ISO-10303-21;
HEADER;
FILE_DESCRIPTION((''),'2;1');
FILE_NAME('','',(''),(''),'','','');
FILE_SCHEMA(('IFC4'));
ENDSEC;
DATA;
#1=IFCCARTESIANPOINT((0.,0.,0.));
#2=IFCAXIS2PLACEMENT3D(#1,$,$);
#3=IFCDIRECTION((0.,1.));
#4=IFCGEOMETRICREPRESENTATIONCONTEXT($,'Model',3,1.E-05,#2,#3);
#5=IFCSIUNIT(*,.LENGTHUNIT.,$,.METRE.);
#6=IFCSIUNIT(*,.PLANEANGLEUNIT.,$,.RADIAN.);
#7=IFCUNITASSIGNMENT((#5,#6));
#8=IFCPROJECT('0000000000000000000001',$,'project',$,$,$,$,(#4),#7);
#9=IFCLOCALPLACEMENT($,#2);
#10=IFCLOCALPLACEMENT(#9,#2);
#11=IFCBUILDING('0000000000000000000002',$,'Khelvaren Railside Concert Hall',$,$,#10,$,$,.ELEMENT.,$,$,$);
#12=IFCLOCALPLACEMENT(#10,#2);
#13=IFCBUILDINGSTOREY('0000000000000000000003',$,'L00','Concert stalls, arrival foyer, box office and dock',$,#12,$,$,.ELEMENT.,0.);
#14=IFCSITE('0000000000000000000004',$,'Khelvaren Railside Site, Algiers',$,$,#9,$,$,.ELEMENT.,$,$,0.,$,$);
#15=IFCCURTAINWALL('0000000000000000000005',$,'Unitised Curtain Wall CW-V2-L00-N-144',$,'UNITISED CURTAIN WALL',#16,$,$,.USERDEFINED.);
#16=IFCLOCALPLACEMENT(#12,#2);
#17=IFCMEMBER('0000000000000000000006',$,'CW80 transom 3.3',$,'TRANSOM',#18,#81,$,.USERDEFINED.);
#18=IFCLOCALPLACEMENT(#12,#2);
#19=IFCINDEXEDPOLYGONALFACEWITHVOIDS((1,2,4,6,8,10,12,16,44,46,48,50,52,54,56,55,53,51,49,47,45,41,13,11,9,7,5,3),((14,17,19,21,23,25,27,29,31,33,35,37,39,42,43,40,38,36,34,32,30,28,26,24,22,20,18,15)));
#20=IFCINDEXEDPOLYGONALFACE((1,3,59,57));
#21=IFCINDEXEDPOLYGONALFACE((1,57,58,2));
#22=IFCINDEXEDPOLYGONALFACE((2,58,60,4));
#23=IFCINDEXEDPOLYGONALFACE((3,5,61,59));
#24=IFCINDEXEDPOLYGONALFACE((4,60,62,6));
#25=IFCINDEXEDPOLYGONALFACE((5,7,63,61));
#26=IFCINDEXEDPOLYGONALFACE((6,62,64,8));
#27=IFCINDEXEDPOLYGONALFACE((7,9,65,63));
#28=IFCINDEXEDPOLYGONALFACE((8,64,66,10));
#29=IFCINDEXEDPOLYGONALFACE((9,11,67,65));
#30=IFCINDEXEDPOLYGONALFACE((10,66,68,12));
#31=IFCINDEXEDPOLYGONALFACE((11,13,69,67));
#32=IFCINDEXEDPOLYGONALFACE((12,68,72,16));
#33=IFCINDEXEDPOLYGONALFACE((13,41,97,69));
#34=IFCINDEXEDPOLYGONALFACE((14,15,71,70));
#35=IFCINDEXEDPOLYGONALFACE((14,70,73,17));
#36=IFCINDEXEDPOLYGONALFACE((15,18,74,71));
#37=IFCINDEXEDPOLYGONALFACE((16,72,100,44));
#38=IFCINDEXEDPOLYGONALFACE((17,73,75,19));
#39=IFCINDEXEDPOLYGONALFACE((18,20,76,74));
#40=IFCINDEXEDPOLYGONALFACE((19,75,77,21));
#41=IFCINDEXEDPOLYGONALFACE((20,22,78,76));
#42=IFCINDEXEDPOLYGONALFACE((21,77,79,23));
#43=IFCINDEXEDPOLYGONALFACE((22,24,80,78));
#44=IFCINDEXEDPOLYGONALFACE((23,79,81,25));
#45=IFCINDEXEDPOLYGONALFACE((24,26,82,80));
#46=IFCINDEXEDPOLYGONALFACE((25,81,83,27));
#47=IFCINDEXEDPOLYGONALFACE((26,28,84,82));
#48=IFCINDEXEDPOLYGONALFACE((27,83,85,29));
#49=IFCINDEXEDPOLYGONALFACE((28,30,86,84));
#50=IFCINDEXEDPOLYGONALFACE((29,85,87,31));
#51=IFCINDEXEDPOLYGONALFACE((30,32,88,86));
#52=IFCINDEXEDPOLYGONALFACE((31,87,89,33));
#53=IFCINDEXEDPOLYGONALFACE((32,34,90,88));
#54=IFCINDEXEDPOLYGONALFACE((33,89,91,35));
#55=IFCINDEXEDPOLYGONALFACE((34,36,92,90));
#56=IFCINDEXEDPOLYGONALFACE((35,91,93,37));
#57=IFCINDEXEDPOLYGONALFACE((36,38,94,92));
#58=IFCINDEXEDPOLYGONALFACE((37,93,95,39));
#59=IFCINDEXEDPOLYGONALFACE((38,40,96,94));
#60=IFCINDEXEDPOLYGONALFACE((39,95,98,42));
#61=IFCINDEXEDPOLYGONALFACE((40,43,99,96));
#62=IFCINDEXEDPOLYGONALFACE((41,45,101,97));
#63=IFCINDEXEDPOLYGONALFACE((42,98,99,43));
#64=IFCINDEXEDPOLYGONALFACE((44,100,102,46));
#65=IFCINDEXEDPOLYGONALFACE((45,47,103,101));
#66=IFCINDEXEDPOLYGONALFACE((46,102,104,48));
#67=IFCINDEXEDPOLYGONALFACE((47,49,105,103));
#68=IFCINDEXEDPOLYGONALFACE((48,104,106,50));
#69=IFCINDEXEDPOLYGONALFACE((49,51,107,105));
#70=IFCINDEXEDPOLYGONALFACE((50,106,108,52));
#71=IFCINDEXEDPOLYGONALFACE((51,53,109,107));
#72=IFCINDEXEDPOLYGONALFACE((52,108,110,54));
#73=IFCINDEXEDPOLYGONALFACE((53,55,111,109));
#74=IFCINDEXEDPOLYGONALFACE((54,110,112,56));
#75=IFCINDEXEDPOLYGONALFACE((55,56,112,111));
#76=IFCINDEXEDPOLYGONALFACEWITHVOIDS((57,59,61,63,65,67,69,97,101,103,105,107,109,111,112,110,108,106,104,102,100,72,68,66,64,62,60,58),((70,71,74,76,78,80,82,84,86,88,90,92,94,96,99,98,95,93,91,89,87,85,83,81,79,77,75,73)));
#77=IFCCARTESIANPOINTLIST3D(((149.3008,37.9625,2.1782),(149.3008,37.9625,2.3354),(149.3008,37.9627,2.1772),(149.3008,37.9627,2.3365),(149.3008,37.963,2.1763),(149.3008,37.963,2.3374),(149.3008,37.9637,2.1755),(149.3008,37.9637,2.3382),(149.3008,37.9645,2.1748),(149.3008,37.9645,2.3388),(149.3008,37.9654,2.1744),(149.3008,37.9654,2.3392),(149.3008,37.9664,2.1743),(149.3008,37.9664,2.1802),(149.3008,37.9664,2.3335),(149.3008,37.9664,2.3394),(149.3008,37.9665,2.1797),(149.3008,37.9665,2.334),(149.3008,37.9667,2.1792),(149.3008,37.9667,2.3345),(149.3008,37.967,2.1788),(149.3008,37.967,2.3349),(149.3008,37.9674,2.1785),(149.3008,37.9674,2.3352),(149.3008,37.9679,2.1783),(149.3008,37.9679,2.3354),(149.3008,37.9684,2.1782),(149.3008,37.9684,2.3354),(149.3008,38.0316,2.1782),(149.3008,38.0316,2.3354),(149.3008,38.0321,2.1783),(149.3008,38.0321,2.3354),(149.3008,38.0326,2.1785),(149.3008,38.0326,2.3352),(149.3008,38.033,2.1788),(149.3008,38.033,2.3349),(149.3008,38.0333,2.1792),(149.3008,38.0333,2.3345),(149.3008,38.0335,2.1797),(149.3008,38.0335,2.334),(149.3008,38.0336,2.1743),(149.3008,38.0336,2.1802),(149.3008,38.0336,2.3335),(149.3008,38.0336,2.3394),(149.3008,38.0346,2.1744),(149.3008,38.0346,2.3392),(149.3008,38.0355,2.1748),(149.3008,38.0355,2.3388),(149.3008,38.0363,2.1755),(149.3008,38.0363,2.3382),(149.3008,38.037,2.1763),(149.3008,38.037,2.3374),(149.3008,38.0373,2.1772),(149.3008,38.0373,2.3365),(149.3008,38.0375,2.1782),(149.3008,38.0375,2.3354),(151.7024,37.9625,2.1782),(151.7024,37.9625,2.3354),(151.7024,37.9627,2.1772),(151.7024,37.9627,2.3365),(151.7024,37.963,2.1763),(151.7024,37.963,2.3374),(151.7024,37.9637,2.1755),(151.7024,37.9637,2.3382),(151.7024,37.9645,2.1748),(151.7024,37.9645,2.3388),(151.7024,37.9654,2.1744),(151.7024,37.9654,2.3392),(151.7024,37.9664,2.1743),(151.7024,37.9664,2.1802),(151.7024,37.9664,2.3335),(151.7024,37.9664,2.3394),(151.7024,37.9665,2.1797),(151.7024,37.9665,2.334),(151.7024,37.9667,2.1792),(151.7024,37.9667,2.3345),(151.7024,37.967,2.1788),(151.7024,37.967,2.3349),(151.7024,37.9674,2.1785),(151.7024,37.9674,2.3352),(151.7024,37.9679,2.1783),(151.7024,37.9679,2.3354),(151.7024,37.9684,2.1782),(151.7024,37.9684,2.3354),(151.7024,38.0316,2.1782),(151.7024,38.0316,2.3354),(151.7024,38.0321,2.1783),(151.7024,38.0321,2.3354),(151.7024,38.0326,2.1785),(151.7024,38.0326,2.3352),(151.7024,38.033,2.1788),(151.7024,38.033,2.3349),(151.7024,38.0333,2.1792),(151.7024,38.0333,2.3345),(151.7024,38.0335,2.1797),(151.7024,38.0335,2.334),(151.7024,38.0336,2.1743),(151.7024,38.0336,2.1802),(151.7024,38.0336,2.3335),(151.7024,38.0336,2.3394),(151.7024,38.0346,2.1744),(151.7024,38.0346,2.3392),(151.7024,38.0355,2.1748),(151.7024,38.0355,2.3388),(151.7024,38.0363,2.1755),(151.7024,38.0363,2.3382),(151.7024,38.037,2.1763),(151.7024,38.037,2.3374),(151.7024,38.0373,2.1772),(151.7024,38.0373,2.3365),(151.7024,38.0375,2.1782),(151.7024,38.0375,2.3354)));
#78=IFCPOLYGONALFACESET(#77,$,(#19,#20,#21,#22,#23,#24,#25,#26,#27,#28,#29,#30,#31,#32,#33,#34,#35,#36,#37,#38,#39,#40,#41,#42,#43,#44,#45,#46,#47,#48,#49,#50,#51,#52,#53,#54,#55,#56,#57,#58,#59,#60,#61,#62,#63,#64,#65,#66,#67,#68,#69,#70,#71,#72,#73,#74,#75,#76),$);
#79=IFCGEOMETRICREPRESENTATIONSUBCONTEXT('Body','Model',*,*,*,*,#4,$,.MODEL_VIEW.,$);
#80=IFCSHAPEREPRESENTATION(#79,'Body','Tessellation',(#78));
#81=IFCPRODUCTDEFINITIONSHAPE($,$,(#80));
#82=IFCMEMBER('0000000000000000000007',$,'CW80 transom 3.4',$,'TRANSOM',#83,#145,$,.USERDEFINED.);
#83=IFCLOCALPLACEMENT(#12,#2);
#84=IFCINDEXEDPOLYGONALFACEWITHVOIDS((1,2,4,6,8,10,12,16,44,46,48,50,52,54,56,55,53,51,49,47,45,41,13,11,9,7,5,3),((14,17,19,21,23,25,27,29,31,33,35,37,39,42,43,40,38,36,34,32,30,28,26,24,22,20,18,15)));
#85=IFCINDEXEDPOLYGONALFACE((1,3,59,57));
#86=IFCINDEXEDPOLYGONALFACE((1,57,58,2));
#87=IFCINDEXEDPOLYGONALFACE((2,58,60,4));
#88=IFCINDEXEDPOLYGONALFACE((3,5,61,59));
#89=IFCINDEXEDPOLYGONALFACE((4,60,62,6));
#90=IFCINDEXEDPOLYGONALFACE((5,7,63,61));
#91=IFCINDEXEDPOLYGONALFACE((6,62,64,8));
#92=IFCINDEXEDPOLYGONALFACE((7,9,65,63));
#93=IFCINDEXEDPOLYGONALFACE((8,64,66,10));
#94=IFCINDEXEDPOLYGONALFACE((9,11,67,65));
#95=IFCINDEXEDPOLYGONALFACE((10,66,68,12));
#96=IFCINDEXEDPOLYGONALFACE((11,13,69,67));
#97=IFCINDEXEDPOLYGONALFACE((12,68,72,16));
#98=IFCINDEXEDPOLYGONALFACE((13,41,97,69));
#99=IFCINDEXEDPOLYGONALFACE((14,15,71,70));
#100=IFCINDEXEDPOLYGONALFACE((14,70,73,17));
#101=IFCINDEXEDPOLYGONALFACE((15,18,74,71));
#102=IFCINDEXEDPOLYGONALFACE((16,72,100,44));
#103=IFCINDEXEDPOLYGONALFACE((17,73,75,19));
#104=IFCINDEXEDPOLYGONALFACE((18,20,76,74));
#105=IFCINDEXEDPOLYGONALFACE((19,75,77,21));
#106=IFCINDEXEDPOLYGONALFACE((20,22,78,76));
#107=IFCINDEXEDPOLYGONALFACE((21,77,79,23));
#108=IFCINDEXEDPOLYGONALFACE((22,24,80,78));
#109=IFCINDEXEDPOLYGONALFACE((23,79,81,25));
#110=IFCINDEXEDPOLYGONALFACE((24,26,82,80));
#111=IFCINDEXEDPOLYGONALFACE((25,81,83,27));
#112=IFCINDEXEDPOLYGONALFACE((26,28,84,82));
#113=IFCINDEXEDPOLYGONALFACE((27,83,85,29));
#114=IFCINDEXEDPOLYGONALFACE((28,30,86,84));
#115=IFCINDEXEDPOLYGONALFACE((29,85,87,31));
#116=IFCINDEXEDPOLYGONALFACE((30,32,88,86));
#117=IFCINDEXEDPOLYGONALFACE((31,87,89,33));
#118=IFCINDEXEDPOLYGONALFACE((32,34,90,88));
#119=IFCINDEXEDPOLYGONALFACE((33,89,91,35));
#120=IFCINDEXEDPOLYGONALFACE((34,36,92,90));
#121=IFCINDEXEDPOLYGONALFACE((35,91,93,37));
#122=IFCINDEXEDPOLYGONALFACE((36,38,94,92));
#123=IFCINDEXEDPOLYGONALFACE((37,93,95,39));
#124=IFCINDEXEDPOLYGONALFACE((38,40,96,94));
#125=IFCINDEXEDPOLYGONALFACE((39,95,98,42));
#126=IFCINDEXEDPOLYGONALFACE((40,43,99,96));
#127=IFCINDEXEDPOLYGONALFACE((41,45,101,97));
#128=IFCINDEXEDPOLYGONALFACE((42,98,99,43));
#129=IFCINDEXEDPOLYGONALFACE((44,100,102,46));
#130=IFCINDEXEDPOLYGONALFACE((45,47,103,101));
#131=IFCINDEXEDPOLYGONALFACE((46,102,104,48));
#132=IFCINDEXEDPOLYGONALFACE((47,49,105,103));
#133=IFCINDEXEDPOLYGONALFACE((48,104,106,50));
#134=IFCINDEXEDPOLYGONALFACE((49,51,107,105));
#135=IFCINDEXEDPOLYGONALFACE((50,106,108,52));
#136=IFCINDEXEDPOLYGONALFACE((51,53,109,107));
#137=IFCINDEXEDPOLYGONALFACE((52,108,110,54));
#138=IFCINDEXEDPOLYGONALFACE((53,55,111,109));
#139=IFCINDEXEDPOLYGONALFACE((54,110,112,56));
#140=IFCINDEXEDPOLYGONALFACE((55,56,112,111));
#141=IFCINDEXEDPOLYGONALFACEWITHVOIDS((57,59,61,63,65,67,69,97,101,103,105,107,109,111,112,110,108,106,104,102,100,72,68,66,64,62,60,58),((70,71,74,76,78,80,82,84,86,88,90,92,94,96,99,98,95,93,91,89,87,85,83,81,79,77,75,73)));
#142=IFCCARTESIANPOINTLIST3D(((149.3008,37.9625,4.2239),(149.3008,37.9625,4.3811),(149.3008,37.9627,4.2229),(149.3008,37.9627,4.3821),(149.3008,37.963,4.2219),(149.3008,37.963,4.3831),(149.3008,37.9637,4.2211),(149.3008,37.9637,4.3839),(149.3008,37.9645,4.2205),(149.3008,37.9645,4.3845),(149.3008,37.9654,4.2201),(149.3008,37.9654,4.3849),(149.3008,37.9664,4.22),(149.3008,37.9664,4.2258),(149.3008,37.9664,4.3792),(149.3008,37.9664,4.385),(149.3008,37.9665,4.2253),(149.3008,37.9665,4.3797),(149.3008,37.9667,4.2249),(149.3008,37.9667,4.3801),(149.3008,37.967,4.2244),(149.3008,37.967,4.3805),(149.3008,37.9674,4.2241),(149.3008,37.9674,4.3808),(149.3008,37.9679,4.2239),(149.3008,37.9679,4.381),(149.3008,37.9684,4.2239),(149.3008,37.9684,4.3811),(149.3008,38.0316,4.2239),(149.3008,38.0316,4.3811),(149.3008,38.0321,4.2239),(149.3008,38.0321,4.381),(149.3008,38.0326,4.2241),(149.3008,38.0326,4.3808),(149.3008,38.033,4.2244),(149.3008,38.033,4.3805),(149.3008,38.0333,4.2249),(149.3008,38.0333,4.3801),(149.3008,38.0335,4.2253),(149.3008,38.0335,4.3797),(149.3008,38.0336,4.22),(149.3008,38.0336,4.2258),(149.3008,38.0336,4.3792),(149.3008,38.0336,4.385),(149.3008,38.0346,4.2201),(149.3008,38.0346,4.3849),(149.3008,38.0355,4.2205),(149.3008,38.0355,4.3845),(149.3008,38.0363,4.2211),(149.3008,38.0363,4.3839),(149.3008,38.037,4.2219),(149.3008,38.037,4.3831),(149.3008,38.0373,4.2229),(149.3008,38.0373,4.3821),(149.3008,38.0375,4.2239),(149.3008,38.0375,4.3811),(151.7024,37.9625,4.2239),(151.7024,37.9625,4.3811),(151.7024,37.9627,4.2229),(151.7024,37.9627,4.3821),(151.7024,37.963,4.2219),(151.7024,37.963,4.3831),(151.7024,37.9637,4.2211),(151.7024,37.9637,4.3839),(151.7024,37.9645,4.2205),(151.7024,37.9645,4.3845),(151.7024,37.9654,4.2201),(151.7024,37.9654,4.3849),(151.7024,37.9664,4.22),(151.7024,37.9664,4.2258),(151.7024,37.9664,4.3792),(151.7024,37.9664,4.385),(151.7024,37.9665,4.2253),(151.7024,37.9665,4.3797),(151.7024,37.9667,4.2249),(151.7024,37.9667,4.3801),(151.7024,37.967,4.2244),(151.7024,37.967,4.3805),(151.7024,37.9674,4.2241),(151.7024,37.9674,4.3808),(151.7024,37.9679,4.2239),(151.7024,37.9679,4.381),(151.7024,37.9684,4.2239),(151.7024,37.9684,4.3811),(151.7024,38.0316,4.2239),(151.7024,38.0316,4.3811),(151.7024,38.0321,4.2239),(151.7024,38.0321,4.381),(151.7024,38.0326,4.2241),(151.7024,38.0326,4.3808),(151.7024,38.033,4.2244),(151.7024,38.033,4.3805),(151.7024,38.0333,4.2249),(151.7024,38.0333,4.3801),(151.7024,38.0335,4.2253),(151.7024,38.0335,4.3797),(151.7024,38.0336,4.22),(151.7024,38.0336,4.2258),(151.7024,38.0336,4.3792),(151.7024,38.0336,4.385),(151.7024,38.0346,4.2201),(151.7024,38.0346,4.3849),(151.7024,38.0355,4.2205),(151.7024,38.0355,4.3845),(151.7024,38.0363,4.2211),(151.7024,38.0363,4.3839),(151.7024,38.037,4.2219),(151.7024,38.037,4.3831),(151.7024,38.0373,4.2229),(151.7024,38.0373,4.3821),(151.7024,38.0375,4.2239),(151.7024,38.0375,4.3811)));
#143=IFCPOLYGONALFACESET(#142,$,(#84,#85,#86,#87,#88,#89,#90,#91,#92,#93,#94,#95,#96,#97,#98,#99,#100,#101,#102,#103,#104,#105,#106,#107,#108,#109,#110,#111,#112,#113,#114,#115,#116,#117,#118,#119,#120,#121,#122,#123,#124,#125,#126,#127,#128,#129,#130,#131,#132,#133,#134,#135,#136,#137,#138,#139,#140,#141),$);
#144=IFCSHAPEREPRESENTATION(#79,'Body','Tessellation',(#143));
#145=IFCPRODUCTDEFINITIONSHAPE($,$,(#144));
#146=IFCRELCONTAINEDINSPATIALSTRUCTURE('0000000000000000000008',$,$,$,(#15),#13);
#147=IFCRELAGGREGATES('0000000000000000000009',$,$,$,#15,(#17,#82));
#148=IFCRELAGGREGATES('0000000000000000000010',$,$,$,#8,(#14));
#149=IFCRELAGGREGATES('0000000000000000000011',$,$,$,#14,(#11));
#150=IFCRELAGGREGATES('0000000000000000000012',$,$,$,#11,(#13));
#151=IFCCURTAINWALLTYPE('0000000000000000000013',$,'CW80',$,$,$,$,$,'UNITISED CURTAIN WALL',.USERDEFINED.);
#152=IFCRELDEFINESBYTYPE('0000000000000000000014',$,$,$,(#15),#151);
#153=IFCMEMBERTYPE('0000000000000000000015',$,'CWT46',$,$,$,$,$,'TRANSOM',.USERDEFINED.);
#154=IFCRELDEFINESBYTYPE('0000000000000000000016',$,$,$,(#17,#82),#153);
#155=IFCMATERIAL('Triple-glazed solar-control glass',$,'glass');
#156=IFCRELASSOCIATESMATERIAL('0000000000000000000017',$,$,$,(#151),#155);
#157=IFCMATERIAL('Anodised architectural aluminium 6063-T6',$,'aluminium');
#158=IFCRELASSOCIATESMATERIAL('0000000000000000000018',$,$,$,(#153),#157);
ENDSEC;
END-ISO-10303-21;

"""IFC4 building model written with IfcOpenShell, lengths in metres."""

from ifc_helpers import new_model, si_unit, direction, frame, origin, origin_2d, place, context, subcontext, project, spatial, hollow_rectangle, extrude, material, material_profile, profile_set, type_object, element, aggregate, save


model = new_model("IFC4")

# Units and contexts
model_context = context("Model", 3, precision=1e-05, world=origin(), true_north=direction((0.0, 1.0)))
body_context = subcontext(model_context, "Body", "Model", "MODEL_VIEW")
ifc_project = project(units=[si_unit("LENGTHUNIT", "METRE"), si_unit("PLANEANGLEUNIT", "RADIAN")], contexts=[model_context])

# Site, building, storey
site_placement = place(None, origin())
site = spatial("IfcSite", under=ifc_project, at=site_placement, Name="Khelvaren Railside Site, Algiers", CompositionType="ELEMENT", RefElevation=0.0)
building_placement = place(site_placement, origin())
building = spatial("IfcBuilding", under=site, at=building_placement, Name="Khelvaren Railside Concert Hall", CompositionType="ELEMENT")
storey_placement = place(building_placement, origin())
storey = spatial("IfcBuildingStorey", under=building, at=storey_placement, Name="L00", Description="Concert stalls, arrival foyer, box office and dock", CompositionType="ELEMENT", Elevation=0.0)

# Curtain wall
ifc_material_1 = material(Name="Triple-glazed solar-control glass", Category="glass")
curtain_wall_type_1 = type_object("IfcCurtainWallType", Name="CW80", ElementType="UNITISED CURTAIN WALL", PredefinedType="USERDEFINED", material=ifc_material_1)
curtain_wall_1_placement = place(storey_placement, origin())
curtain_wall_1 = element("IfcCurtainWall", 1, at=curtain_wall_1_placement, inside=storey, type_object=curtain_wall_type_1, Name="Unitised Curtain Wall CW-V2-L00-N-144", ObjectType="UNITISED CURTAIN WALL", PredefinedType="USERDEFINED")
ifc_material_2 = material(Name="Anodised architectural aluminium 6063-T6", Category="aluminium")

# Members
ifc_material_profile_1 = material_profile(ifc_material_2, hollow_rectangle(XDim=0.075, YDim=0.165, WallThickness=0.0039, InnerFilletRadius=0.002, OuterFilletRadius=0.0039, at=origin_2d()), Name="CWT 75x165x4")
ifc_profile_set_1 = profile_set([ifc_material_profile_1], Name="Anodised architectural aluminium 6063-T6")
member_type_1 = type_object("IfcMemberType", Name="CWT46", ElementType="TRANSOM", PredefinedType="USERDEFINED", material=ifc_profile_set_1)
member_1_placement = place(storey_placement, frame((149.3008, 38.0, 2.2568), z_axis=(1.0, 0.0, 0.0), x_axis=(0.0, 1.0, 0.0)))
member_1 = element("IfcMember", 2, at=member_1_placement, type_object=member_type_1, Name="CW80 transom 3.3", ObjectType="TRANSOM", PredefinedType="USERDEFINED", context=body_context, shape_type="SweptSolid", body=[
    extrude(hollow_rectangle(XDim=0.075, YDim=0.165, WallThickness=0.0039, InnerFilletRadius=0.002, OuterFilletRadius=0.0039, at=origin_2d()), origin(), (0.0, 0.0, 1.0), 2.4016),
])
member_2_placement = place(storey_placement, frame((149.3008, 38.0, 4.3025), z_axis=(1.0, 0.0, 0.0), x_axis=(0.0, 1.0, 0.0)))
member_2 = element("IfcMember", 3, at=member_2_placement, type_object=member_type_1, Name="CW80 transom 3.4", ObjectType="TRANSOM", PredefinedType="USERDEFINED", context=body_context, shape_type="SweptSolid", body=[
    extrude(hollow_rectangle(XDim=0.075, YDim=0.165, WallThickness=0.0039, InnerFilletRadius=0.002, OuterFilletRadius=0.0039, at=origin_2d()), origin(), (0.0, 0.0, 1.0), 2.4016),
])

aggregate(curtain_wall_1, [member_1, member_2])

save(model, "model.ifc")
